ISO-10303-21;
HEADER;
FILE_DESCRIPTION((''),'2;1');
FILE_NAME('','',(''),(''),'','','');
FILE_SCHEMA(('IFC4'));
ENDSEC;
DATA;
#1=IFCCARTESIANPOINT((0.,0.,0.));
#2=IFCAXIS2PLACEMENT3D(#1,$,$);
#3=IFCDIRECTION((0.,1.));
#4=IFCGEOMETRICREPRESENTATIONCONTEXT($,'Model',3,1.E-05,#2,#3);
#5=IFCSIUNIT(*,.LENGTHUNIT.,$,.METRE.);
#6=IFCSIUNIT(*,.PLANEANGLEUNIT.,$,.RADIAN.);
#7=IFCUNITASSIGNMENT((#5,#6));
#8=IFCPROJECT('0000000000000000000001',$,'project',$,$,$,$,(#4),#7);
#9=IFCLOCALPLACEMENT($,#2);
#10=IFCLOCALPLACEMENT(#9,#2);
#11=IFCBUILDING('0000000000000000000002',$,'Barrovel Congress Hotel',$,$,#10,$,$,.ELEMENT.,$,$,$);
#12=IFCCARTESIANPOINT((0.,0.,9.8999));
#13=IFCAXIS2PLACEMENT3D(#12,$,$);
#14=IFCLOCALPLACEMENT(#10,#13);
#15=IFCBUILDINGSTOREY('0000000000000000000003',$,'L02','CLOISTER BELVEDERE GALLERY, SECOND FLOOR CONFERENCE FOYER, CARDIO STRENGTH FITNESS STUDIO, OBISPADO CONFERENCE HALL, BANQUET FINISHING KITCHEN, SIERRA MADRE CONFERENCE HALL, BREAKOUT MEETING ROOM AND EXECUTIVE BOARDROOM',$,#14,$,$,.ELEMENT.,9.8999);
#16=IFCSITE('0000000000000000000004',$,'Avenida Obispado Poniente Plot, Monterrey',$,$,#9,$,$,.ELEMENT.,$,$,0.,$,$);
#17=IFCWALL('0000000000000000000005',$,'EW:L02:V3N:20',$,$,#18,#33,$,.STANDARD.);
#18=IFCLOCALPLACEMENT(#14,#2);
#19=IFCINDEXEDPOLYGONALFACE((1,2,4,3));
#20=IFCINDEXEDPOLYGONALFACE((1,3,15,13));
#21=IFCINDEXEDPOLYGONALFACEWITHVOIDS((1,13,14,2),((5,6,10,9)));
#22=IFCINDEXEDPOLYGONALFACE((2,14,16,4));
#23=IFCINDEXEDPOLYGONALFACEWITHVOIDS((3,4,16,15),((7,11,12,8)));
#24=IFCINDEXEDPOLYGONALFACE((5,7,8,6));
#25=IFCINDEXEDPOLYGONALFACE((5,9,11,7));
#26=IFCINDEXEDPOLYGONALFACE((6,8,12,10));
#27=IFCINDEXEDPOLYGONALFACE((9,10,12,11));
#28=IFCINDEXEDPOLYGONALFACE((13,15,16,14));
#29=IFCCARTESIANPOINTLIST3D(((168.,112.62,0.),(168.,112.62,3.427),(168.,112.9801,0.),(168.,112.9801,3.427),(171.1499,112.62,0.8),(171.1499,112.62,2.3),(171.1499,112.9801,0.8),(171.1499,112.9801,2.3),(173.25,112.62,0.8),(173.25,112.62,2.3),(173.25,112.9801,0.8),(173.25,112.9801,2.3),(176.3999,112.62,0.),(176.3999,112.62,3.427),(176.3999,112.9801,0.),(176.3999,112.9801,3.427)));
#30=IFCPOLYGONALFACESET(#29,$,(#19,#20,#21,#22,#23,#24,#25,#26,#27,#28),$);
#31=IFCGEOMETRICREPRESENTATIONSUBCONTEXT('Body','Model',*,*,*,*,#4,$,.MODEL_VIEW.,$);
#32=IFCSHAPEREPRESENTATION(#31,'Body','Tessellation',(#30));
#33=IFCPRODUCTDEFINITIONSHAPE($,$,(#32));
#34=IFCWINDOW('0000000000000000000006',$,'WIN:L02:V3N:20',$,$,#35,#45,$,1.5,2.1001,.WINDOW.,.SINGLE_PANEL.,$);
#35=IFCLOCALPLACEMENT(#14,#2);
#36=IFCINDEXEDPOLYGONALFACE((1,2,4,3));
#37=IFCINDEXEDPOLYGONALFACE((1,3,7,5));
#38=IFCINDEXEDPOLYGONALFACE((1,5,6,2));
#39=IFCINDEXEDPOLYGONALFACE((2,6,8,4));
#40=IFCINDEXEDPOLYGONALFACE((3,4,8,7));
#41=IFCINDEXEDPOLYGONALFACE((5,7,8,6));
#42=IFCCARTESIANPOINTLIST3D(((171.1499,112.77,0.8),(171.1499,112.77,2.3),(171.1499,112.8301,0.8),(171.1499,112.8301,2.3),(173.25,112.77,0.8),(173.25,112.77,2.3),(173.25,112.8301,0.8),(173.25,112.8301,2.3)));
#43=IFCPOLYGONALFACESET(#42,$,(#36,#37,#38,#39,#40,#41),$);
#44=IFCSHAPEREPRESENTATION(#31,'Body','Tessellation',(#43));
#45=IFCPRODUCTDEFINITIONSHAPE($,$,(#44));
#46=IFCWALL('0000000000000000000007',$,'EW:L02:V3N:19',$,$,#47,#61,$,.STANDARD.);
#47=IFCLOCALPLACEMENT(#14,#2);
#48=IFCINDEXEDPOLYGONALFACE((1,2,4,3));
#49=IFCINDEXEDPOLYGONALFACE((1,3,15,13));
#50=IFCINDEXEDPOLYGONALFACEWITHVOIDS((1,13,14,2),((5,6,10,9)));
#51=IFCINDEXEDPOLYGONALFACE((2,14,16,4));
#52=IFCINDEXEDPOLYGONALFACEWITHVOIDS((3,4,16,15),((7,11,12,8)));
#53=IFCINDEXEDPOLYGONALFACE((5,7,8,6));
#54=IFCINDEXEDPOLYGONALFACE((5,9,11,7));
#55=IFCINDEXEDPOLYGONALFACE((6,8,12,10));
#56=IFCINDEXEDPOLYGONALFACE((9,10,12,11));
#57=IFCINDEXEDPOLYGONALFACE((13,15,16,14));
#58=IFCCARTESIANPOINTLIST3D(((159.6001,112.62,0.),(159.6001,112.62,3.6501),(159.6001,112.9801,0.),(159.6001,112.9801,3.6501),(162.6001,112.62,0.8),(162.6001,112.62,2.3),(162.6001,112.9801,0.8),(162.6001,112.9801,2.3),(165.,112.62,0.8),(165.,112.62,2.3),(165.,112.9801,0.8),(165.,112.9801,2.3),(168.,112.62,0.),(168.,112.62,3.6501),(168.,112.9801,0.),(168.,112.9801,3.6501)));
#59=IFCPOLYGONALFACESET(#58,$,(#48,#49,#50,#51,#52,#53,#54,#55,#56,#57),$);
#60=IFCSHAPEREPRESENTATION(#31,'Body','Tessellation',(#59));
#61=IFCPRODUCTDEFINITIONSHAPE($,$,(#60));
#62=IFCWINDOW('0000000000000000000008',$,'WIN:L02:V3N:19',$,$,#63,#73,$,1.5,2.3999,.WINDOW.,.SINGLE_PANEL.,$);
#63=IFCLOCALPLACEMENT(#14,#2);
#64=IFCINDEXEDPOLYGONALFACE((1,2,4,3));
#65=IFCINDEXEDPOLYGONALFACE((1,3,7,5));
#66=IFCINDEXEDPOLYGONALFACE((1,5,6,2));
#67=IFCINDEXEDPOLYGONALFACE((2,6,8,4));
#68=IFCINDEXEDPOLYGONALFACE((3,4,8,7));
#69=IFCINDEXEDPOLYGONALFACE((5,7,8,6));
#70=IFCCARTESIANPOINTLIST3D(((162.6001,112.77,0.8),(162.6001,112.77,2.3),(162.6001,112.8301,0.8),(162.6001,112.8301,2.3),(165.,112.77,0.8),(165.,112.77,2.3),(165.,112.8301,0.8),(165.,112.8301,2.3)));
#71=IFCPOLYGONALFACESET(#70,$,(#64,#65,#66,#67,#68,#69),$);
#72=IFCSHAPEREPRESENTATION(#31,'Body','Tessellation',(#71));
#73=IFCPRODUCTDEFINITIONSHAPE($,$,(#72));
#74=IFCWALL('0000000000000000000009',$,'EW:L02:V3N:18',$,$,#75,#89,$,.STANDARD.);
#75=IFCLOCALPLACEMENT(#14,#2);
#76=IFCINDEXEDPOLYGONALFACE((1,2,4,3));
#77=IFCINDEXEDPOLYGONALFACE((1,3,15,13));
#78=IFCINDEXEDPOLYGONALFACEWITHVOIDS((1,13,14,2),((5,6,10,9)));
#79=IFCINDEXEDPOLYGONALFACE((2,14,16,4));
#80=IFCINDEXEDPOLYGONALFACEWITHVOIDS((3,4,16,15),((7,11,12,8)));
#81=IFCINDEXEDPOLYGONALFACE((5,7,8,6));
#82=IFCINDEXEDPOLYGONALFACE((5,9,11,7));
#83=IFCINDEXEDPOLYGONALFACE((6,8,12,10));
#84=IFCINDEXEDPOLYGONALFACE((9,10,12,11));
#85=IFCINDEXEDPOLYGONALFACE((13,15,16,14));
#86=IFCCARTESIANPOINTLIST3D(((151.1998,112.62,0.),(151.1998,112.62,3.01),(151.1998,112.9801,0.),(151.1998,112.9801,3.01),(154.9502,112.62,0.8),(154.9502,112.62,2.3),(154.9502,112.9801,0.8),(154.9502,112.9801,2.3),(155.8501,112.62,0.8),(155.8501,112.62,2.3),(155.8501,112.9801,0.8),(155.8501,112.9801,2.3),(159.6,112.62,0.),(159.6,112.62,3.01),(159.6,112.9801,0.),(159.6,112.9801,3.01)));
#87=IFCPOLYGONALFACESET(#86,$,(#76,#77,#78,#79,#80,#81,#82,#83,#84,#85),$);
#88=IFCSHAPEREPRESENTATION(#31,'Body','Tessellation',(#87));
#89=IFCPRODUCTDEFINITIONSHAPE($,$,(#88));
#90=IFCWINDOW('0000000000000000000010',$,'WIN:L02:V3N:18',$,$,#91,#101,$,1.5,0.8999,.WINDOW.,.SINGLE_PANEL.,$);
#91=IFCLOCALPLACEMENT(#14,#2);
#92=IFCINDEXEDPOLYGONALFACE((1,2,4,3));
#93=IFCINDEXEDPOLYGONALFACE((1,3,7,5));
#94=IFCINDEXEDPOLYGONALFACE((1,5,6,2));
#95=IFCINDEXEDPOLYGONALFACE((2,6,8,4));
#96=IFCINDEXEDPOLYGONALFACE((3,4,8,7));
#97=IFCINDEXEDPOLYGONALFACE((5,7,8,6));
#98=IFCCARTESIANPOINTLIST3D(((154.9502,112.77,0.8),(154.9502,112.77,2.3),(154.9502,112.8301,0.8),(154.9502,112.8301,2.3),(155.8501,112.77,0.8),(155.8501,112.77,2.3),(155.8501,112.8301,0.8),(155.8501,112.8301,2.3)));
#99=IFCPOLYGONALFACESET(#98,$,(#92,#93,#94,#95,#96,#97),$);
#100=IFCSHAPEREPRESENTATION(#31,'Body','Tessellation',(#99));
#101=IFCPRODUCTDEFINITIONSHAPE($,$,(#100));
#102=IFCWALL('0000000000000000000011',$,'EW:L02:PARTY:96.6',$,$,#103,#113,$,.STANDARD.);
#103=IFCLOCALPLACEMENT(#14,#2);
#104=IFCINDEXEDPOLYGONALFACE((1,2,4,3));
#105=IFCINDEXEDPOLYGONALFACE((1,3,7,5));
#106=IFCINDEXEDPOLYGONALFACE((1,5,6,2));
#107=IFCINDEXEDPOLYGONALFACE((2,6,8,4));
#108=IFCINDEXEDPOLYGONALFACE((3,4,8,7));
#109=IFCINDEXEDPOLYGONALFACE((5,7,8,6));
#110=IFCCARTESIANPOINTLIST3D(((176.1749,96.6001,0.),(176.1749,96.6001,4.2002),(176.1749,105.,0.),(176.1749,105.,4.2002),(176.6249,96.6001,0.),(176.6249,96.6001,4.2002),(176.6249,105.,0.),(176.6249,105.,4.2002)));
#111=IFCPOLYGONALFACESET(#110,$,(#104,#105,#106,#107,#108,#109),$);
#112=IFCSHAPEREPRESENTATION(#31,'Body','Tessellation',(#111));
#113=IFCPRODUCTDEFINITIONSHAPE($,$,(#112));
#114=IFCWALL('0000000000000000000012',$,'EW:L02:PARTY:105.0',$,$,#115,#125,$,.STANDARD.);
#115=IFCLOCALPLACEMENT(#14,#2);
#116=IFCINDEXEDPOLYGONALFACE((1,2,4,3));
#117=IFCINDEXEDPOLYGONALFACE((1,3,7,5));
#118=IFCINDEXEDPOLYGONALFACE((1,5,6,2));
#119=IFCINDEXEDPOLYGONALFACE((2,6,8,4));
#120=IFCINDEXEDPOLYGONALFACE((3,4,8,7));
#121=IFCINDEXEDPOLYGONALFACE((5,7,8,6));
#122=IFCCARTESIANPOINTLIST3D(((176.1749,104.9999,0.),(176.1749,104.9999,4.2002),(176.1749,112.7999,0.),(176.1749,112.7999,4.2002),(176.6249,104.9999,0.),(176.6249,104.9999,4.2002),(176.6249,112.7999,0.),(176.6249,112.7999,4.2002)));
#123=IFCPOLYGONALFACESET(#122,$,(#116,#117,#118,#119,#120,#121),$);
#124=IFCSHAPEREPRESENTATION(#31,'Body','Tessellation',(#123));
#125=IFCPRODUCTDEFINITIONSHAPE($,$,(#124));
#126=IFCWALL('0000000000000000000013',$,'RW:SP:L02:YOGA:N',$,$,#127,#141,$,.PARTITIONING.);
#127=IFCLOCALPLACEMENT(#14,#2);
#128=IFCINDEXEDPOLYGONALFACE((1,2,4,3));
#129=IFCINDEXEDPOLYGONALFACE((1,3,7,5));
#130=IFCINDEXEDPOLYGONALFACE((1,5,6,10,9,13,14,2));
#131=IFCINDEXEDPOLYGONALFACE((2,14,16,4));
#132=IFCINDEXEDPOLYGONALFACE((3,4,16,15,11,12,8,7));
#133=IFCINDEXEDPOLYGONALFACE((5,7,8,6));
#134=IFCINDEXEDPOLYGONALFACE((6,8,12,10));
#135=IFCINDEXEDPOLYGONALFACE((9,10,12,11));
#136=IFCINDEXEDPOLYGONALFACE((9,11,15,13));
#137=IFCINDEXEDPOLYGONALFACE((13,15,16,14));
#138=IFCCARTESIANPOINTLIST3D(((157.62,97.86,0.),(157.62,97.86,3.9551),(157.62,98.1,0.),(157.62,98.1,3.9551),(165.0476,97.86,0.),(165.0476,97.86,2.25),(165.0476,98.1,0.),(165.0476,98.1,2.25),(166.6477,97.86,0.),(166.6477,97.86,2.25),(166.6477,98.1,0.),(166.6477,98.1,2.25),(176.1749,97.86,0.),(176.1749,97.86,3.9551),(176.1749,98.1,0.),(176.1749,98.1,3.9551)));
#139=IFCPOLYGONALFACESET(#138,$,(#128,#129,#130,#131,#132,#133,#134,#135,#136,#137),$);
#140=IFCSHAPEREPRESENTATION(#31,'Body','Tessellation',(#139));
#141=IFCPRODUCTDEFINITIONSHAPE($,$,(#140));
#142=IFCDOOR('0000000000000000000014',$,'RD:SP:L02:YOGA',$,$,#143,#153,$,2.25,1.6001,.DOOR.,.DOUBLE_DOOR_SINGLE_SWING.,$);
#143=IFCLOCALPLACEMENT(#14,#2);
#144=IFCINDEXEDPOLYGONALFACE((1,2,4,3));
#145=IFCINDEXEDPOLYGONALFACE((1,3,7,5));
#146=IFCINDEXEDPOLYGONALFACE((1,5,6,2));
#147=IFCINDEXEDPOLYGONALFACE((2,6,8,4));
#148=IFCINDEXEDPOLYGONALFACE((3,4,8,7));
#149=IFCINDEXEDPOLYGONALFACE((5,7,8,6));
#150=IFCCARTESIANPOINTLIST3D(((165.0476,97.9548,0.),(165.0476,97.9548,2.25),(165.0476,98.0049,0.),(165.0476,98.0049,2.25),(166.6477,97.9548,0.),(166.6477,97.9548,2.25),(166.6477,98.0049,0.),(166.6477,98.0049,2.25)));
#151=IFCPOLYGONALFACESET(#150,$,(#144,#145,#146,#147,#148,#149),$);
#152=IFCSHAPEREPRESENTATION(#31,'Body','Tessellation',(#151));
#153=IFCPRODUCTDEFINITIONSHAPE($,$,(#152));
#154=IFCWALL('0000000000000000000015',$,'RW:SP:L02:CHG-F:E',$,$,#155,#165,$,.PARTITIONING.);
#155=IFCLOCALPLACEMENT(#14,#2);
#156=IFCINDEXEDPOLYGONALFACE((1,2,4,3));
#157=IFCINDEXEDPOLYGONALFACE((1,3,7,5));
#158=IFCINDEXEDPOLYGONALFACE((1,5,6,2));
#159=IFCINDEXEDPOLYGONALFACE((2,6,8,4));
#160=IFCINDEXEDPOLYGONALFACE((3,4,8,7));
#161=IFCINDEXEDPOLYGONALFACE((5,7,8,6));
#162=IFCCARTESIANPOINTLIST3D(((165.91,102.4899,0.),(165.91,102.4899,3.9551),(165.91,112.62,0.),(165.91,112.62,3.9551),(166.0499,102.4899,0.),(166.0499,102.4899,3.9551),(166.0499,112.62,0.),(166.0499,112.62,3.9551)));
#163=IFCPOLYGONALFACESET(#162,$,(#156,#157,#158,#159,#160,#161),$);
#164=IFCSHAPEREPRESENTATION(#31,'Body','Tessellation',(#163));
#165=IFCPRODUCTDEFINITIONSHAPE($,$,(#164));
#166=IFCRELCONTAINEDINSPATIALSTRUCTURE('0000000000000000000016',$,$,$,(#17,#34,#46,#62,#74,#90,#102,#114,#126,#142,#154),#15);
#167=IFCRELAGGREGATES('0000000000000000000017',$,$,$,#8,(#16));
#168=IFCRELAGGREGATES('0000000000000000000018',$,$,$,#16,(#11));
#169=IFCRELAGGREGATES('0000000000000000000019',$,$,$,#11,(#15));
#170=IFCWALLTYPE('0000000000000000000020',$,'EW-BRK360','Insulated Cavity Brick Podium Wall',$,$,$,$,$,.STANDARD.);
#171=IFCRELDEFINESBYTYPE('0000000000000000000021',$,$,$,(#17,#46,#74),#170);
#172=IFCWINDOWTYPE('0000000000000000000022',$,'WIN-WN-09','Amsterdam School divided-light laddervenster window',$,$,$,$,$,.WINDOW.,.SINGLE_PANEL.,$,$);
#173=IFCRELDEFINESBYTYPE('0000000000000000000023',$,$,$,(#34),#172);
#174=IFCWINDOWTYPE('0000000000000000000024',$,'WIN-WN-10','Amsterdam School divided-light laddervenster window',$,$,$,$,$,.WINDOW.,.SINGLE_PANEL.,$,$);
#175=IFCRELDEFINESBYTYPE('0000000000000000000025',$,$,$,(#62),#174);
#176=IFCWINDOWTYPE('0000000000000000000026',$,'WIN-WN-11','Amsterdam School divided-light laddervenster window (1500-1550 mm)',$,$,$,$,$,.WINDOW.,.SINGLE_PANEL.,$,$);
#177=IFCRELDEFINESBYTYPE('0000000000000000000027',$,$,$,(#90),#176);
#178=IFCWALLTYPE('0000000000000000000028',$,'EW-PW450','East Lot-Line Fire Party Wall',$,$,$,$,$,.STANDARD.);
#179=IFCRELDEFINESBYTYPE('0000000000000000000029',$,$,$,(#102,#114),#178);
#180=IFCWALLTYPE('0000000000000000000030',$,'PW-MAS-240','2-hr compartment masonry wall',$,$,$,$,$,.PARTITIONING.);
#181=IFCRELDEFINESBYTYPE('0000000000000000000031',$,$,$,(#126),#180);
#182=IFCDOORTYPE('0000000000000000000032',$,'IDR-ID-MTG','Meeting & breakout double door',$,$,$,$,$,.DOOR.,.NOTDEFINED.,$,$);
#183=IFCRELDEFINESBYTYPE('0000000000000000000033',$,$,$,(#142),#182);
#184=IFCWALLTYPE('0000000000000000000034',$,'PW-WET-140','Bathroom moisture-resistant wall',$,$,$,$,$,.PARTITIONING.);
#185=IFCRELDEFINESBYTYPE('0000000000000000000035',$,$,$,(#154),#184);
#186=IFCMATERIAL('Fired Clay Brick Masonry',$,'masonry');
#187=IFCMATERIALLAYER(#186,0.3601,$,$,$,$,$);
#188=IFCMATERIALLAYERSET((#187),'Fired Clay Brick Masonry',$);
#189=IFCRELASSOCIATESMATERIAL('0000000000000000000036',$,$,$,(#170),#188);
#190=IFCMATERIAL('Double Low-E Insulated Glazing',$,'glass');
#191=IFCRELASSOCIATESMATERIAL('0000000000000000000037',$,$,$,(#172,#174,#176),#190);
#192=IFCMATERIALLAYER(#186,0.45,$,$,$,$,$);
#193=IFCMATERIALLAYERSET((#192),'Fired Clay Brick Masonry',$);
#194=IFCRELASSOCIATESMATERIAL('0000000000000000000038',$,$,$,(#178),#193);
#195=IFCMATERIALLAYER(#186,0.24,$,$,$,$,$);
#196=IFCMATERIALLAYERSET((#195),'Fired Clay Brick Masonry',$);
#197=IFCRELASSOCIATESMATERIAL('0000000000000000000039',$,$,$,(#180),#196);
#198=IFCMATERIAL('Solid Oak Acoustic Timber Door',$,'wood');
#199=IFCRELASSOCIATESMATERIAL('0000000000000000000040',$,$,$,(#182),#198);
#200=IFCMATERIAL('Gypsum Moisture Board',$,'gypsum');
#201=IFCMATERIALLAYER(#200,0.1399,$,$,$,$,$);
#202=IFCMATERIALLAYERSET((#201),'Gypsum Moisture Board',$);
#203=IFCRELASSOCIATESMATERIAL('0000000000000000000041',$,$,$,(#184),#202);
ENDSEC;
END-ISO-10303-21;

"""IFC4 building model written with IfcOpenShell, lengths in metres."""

from ifc_helpers import new_model, si_unit, direction, frame, frame_2d, origin, place, context, subcontext, project, spatial, rectangle, extrude, material, layer, layer_set, type_object, element, fill, save


model = new_model("IFC4")

# Units and contexts
model_context = context("Model", 3, precision=1e-05, world=origin(), true_north=direction((0.0, 1.0)))
body_context = subcontext(model_context, "Body", "Model", "MODEL_VIEW")
ifc_project = project(units=[si_unit("LENGTHUNIT", "METRE"), si_unit("PLANEANGLEUNIT", "RADIAN")], contexts=[model_context])

# Site, building, storey
site_placement = place(None, origin())
site = spatial("IfcSite", under=ifc_project, at=site_placement, Name="Avenida Obispado Poniente Plot, Monterrey", CompositionType="ELEMENT", RefElevation=0.0)
building_placement = place(site_placement, origin())
building = spatial("IfcBuilding", under=site, at=building_placement, Name="Barrovel Congress Hotel", CompositionType="ELEMENT")
storey_placement = place(building_placement, frame((0.0, 0.0, 9.8999)))
storey = spatial("IfcBuildingStorey", under=building, at=storey_placement, Name="L02", Description="CLOISTER BELVEDERE GALLERY, SECOND FLOOR CONFERENCE FOYER, CARDIO STRENGTH FITNESS STUDIO, OBISPADO CONFERENCE HALL, BANQUET FINISHING KITCHEN, SIERRA MADRE CONFERENCE HALL, BREAKOUT MEETING ROOM AND EXECUTIVE BOARDROOM", CompositionType="ELEMENT", Elevation=9.8999)

# Walls, openings, windows
ifc_material_1 = material(Name="Fired Clay Brick Masonry", Category="masonry")
ifc_layer_1 = layer(ifc_material_1, 0.3601)
ifc_layer_set_1 = layer_set([ifc_layer_1], Name="Fired Clay Brick Masonry")
wall_type_1 = type_object("IfcWallType", Name="EW-BRK360", Description="Insulated Cavity Brick Podium Wall", PredefinedType="STANDARD", material=ifc_layer_set_1)
wall_1_placement = place(storey_placement, frame((176.3999, 112.8, 0.0), z_axis=(0.0, 0.0, 1.0), x_axis=(-1.0, 0.0, 0.0)))
wall_1 = element("IfcWall", 1, at=wall_1_placement, inside=storey, type_object=wall_type_1, Name="EW:L02:V3N:20", PredefinedType="STANDARD", context=body_context, shape_type="SweptSolid", body=[
    extrude(rectangle(XDim=8.3999, YDim=0.3601, at=frame_2d((4.2, 0.0))), origin(), (0.0, 0.0, 1.0), 3.427),
])
opening_1_placement = place(wall_1_placement, frame((3.1499, 0.0, 0.8)))
opening_1 = element("IfcOpeningElement", 2, at=opening_1_placement, cuts=wall_1, PredefinedType="OPENING", context=body_context, shape_type="SweptSolid", body=[
    extrude(rectangle(XDim=2.1001, YDim=1.5, at=frame_2d((1.05, 0.75))), frame((0.0, 0.1899, 0.0), z_axis=(0.0, -1.0, 0.0), x_axis=(1.0, 0.0, 0.0)), (0.0, 0.0, 1.0), 0.3801),
])
ifc_material_2 = material(Name="Double Low-E Insulated Glazing", Category="glass")
window_type_1 = type_object("IfcWindowType", Name="WIN-WN-09", Description="Amsterdam School divided-light laddervenster window", PartitioningType="SINGLE_PANEL", PredefinedType="WINDOW", material=ifc_material_2)
window_1_placement = place(opening_1_placement, origin())
window_1 = element("IfcWindow", 3, at=window_1_placement, inside=storey, type_object=window_type_1, Name="WIN:L02:V3N:20", OverallHeight=1.5, OverallWidth=2.1001, PartitioningType="SINGLE_PANEL", PredefinedType="WINDOW", context=body_context, shape_type="SweptSolid", body=[
    extrude(rectangle(XDim=2.1001, YDim=1.5, at=frame_2d((1.05, 0.75))), frame((0.0, 0.03, 0.0), z_axis=(0.0, -1.0, 0.0), x_axis=(1.0, 0.0, 0.0)), (0.0, 0.0, 1.0), 0.0601),
])
fill(opening_1, window_1)
wall_2_placement = place(storey_placement, frame((168.0, 112.8, 0.0), z_axis=(0.0, 0.0, 1.0), x_axis=(-1.0, 0.0, 0.0)))
wall_2 = element("IfcWall", 4, at=wall_2_placement, inside=storey, type_object=wall_type_1, Name="EW:L02:V3N:19", PredefinedType="STANDARD", context=body_context, shape_type="SweptSolid", body=[
    extrude(rectangle(XDim=8.3999, YDim=0.3601, at=frame_2d((4.2, 0.0))), origin(), (0.0, 0.0, 1.0), 3.6501),
])
opening_2_placement = place(wall_2_placement, frame((3.0, 0.0, 0.8)))
opening_2 = element("IfcOpeningElement", 5, at=opening_2_placement, cuts=wall_2, PredefinedType="OPENING", context=body_context, shape_type="SweptSolid", body=[
    extrude(rectangle(XDim=2.3999, YDim=1.5, at=frame_2d((1.2, 0.75))), frame((0.0, 0.1899, 0.0), z_axis=(0.0, -1.0, 0.0), x_axis=(1.0, 0.0, 0.0)), (0.0, 0.0, 1.0), 0.3801),
])
window_type_2 = type_object("IfcWindowType", Name="WIN-WN-10", Description="Amsterdam School divided-light laddervenster window", PartitioningType="SINGLE_PANEL", PredefinedType="WINDOW", material=ifc_material_2)
window_2_placement = place(opening_2_placement, origin())
window_2 = element("IfcWindow", 6, at=window_2_placement, inside=storey, type_object=window_type_2, Name="WIN:L02:V3N:19", OverallHeight=1.5, OverallWidth=2.3999, PartitioningType="SINGLE_PANEL", PredefinedType="WINDOW", context=body_context, shape_type="SweptSolid", body=[
    extrude(rectangle(XDim=2.3999, YDim=1.5, at=frame_2d((1.2, 0.75))), frame((0.0, 0.03, 0.0), z_axis=(0.0, -1.0, 0.0), x_axis=(1.0, 0.0, 0.0)), (0.0, 0.0, 1.0), 0.0601),
])
fill(opening_2, window_2)
wall_3_placement = place(storey_placement, frame((159.6001, 112.8, 0.0), z_axis=(0.0, 0.0, 1.0), x_axis=(-1.0, 0.0, 0.0)))
wall_3 = element("IfcWall", 7, at=wall_3_placement, inside=storey, type_object=wall_type_1, Name="EW:L02:V3N:18", PredefinedType="STANDARD", context=body_context, shape_type="SweptSolid", body=[
    extrude(rectangle(XDim=8.4001, YDim=0.3601, at=frame_2d((4.2002, 0.0))), origin(), (0.0, 0.0, 1.0), 3.01),
])
opening_3_placement = place(wall_3_placement, frame((3.75, 0.0, 0.8)))
opening_3 = element("IfcOpeningElement", 8, at=opening_3_placement, cuts=wall_3, PredefinedType="OPENING", context=body_context, shape_type="SweptSolid", body=[
    extrude(rectangle(XDim=0.8999, YDim=1.5, at=frame_2d((0.45, 0.75))), frame((0.0, 0.1899, 0.0), z_axis=(0.0, -1.0, 0.0), x_axis=(1.0, 0.0, 0.0)), (0.0, 0.0, 1.0), 0.3801),
])
window_type_3 = type_object("IfcWindowType", Name="WIN-WN-11", Description="Amsterdam School divided-light laddervenster window (1500-1550 mm)", PartitioningType="SINGLE_PANEL", PredefinedType="WINDOW", material=ifc_material_2)
window_3_placement = place(opening_3_placement, origin())
window_3 = element("IfcWindow", 9, at=window_3_placement, inside=storey, type_object=window_type_3, Name="WIN:L02:V3N:18", OverallHeight=1.5, OverallWidth=0.8999, PartitioningType="SINGLE_PANEL", PredefinedType="WINDOW", context=body_context, shape_type="SweptSolid", body=[
    extrude(rectangle(XDim=0.8999, YDim=1.5, at=frame_2d((0.45, 0.75))), frame((0.0, 0.03, 0.0), z_axis=(0.0, -1.0, 0.0), x_axis=(1.0, 0.0, 0.0)), (0.0, 0.0, 1.0), 0.0601),
])
fill(opening_3, window_3)

# Walls
ifc_layer_2 = layer(ifc_material_1, 0.45)
ifc_layer_set_2 = layer_set([ifc_layer_2], Name="Fired Clay Brick Masonry")
wall_type_2 = type_object("IfcWallType", Name="EW-PW450", Description="East Lot-Line Fire Party Wall", PredefinedType="STANDARD", material=ifc_layer_set_2)
wall_4_placement = place(storey_placement, frame((176.3999, 96.6001, 0.0), z_axis=(0.0, 0.0, 1.0), x_axis=(0.0, 1.0, 0.0)))
element("IfcWall", 10, at=wall_4_placement, inside=storey, type_object=wall_type_2, Name="EW:L02:PARTY:96.6", PredefinedType="STANDARD", context=body_context, shape_type="SweptSolid", body=[
    extrude(rectangle(XDim=8.3999, YDim=0.45, at=frame_2d((4.2, 0.0))), origin(), (0.0, 0.0, 1.0), 4.2002),
])
wall_5_placement = place(storey_placement, frame((176.3999, 105.0, 0.0), z_axis=(0.0, 0.0, 1.0), x_axis=(0.0, 1.0, 0.0)))
element("IfcWall", 11, at=wall_5_placement, inside=storey, type_object=wall_type_2, Name="EW:L02:PARTY:105.0", PredefinedType="STANDARD", context=body_context, shape_type="SweptSolid", body=[
    extrude(rectangle(XDim=7.8, YDim=0.45, at=frame_2d((3.8999, 0.0))), origin(), (0.0, 0.0, 1.0), 4.2002),
])

# Wall, opening, door
ifc_layer_3 = layer(ifc_material_1, 0.24)
ifc_layer_set_3 = layer_set([ifc_layer_3], Name="Fired Clay Brick Masonry")
wall_type_3 = type_object("IfcWallType", Name="PW-MAS-240", Description="2-hr compartment masonry wall", PredefinedType="PARTITIONING", material=ifc_layer_set_3)
wall_6_placement = place(storey_placement, frame((157.6201, 97.98, 0.0), z_axis=(0.0, 0.0, 1.0), x_axis=(1.0, 0.0, 0.0)))
wall_6 = element("IfcWall", 12, at=wall_6_placement, inside=storey, type_object=wall_type_3, Name="RW:SP:L02:YOGA:N", PredefinedType="PARTITIONING", context=body_context, shape_type="SweptSolid", body=[
    extrude(rectangle(XDim=18.5549, YDim=0.24, at=frame_2d((9.2773, 0.0))), origin(), (0.0, 0.0, 1.0), 3.9551),
])
opening_4_placement = place(wall_6_placement, frame((7.4275, 0.0, 0.0)))
opening_4 = element("IfcOpeningElement", 13, at=opening_4_placement, cuts=wall_6, PredefinedType="OPENING", context=body_context, shape_type="SweptSolid", body=[
    extrude(rectangle(XDim=1.6001, YDim=2.25, at=frame_2d((0.8, 1.125))), frame((0.0, 0.1299, 0.0), z_axis=(0.0, -1.0, 0.0), x_axis=(1.0, 0.0, 0.0)), (0.0, 0.0, 1.0), 0.26),
])
ifc_material_3 = material(Name="Solid Oak Acoustic Timber Door", Category="wood")
door_type_1 = type_object("IfcDoorType", Name="IDR-ID-MTG", Description="Meeting & breakout double door", OperationType="NOTDEFINED", PredefinedType="DOOR", material=ifc_material_3)
door_1_placement = place(opening_4_placement, origin())
door_1 = element("IfcDoor", 14, at=door_1_placement, inside=storey, type_object=door_type_1, Name="RD:SP:L02:YOGA", OperationType="DOUBLE_DOOR_SINGLE_SWING", OverallHeight=2.25, OverallWidth=1.6001, PredefinedType="DOOR", context=body_context, shape_type="SweptSolid", body=[
    extrude(rectangle(XDim=1.6001, YDim=2.25, at=frame_2d((0.8, 1.125))), frame((0.0, 0.0249, 0.0), z_axis=(0.0, -1.0, 0.0), x_axis=(1.0, 0.0, 0.0)), (0.0, 0.0, 1.0), 0.05),
])
fill(opening_4, door_1)

# Wall
ifc_material_4 = material(Name="Gypsum Moisture Board", Category="gypsum")
ifc_layer_4 = layer(ifc_material_4, 0.1399)
ifc_layer_set_4 = layer_set([ifc_layer_4], Name="Gypsum Moisture Board")
wall_type_4 = type_object("IfcWallType", Name="PW-WET-140", Description="Bathroom moisture-resistant wall", PredefinedType="PARTITIONING", material=ifc_layer_set_4)
wall_7_placement = place(storey_placement, frame((165.98, 102.49, 0.0), z_axis=(0.0, 0.0, 1.0), x_axis=(0.0, 1.0, 0.0)))
element("IfcWall", 15, at=wall_7_placement, inside=storey, type_object=wall_type_4, Name="RW:SP:L02:CHG-F:E", PredefinedType="PARTITIONING", context=body_context, shape_type="SweptSolid", body=[
    extrude(rectangle(XDim=10.1301, YDim=0.1399, at=frame_2d((5.0649, 0.0))), origin(), (0.0, 0.0, 1.0), 3.9551),
])

save(model, "model.ifc")
